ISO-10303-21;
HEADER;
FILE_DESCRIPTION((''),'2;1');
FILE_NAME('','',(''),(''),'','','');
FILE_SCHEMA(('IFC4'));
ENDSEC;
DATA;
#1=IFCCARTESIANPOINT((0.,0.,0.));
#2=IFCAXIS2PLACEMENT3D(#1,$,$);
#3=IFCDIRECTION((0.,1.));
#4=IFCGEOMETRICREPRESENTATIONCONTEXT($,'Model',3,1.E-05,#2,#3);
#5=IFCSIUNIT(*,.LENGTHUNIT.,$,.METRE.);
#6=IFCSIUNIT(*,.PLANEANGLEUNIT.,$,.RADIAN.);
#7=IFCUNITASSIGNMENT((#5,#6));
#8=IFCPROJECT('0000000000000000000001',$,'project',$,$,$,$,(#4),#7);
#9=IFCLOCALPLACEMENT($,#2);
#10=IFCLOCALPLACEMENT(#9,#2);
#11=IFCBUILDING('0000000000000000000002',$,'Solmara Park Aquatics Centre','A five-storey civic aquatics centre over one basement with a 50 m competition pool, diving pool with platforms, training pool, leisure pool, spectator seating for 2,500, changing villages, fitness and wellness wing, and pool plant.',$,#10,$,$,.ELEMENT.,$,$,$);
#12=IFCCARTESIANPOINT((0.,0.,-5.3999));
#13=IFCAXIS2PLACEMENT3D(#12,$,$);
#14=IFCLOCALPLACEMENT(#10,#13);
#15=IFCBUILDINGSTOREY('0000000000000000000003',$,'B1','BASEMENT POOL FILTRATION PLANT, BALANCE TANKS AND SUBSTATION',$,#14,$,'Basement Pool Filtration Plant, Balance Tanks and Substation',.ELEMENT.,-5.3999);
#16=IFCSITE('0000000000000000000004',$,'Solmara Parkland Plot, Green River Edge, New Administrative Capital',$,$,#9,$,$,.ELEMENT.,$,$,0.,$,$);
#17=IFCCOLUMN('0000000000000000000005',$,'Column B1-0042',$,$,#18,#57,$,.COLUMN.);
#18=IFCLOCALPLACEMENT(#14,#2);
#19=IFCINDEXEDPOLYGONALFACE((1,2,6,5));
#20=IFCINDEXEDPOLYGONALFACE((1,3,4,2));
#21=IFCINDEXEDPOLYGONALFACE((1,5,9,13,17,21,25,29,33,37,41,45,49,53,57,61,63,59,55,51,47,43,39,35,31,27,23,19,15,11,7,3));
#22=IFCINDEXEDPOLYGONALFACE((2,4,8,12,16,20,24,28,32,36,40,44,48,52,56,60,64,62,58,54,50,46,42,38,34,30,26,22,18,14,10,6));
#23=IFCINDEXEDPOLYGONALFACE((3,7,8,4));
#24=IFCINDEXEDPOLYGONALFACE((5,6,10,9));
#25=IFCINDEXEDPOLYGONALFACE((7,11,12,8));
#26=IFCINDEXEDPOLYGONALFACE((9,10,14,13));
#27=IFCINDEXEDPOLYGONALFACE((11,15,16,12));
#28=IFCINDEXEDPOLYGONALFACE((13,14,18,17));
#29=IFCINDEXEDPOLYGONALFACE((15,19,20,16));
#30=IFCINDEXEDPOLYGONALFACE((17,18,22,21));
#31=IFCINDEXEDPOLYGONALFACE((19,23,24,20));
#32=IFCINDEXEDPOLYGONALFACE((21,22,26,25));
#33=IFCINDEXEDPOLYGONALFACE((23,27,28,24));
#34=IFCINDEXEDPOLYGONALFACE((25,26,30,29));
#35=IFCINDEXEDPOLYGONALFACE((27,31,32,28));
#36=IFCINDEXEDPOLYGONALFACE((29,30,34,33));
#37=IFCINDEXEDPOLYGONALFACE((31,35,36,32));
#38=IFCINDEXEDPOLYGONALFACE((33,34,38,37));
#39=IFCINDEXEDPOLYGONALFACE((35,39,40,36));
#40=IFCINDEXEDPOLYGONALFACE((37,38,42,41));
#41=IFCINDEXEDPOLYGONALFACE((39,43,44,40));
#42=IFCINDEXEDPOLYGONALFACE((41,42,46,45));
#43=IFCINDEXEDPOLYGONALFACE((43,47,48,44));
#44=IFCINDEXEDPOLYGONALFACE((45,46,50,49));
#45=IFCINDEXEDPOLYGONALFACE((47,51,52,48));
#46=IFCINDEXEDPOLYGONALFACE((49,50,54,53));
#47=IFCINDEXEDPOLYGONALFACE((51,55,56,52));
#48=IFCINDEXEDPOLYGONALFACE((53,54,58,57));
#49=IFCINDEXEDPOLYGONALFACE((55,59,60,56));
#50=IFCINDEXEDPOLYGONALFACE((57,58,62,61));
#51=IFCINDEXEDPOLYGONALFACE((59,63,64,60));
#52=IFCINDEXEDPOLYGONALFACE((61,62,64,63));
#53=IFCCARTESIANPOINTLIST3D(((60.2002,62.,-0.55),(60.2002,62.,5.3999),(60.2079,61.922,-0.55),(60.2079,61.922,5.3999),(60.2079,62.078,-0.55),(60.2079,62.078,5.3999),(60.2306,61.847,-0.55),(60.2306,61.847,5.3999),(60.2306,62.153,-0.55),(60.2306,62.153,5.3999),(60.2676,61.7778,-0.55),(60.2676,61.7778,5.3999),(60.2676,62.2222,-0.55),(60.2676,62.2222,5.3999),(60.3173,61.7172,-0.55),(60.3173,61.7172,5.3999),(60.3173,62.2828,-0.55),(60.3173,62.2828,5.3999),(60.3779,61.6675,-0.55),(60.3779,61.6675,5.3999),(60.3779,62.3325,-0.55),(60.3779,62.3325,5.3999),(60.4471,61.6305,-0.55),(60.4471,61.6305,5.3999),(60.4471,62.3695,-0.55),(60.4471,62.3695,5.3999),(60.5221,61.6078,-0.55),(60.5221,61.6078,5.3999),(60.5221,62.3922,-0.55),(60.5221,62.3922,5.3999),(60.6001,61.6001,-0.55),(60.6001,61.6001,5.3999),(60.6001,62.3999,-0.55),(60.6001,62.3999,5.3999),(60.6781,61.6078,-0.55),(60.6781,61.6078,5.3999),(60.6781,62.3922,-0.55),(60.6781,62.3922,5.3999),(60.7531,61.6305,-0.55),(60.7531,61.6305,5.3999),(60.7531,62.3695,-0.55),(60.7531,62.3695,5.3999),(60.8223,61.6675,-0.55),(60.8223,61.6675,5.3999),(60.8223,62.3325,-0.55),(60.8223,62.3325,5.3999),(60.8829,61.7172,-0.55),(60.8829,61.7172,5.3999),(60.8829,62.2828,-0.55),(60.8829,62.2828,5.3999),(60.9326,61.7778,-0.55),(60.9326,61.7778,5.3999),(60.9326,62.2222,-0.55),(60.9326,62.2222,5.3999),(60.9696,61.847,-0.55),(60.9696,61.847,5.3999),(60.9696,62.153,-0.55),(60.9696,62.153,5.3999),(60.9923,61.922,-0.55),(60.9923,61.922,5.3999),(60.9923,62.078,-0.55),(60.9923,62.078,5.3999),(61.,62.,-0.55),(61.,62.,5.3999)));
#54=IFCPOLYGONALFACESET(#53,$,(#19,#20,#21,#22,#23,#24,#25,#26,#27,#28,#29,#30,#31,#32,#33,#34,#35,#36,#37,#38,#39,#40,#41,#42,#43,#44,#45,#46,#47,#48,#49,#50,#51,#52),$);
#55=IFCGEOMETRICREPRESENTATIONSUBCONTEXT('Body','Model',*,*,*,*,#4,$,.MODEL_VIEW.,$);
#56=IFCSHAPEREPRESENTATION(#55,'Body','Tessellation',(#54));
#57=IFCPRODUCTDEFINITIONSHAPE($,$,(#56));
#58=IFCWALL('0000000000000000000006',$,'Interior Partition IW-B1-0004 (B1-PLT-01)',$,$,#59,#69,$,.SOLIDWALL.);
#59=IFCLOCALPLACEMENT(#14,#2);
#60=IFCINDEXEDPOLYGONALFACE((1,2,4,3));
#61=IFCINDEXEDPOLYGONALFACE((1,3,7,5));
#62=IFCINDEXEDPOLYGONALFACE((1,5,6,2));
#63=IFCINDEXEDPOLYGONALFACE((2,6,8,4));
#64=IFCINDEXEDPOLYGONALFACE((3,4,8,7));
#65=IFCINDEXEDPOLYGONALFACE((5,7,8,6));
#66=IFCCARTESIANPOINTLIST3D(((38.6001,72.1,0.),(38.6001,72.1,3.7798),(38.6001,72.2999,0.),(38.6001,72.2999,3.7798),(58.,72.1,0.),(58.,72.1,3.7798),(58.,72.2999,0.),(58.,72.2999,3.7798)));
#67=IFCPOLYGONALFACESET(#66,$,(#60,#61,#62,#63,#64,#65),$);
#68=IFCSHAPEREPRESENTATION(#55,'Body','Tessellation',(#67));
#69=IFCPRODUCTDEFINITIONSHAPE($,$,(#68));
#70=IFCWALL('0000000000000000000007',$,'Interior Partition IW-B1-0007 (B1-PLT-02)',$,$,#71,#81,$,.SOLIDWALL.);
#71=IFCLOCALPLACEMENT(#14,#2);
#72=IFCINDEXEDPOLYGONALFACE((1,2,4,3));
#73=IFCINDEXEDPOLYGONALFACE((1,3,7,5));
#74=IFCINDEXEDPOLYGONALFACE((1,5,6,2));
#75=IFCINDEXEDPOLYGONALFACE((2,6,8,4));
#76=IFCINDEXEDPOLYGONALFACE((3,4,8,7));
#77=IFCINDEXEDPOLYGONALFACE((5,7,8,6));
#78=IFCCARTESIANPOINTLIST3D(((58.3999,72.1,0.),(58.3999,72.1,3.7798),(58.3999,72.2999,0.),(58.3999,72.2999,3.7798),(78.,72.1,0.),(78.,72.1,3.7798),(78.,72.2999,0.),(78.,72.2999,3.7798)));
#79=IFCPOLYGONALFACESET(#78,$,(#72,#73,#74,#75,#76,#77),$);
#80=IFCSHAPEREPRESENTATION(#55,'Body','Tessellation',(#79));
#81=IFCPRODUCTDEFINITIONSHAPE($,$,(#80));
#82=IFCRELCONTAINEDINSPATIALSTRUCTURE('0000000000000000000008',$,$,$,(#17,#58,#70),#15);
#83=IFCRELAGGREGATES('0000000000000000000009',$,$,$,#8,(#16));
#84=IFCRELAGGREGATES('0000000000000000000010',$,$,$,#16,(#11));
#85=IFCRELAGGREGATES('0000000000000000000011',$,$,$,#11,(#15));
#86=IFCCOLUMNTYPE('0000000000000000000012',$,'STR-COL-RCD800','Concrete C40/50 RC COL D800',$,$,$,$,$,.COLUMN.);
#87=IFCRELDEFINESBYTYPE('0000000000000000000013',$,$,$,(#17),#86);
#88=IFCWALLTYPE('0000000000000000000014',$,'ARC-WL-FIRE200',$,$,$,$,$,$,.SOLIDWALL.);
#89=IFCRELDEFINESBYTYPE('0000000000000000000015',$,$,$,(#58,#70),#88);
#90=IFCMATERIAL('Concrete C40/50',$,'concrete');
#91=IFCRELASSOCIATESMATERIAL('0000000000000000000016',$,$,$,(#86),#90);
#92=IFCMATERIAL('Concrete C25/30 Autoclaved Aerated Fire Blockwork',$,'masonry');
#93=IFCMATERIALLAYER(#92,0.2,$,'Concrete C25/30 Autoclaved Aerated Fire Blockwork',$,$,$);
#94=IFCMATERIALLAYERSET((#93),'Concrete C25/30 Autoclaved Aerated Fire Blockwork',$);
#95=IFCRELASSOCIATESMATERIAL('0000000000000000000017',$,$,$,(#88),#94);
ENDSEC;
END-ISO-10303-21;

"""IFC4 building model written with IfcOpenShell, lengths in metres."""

from ifc_helpers import new_model, si_unit, direction, frame, frame_2d, origin, origin_2d, place, context, subcontext, project, spatial, rectangle, circle, extrude, material, layer, layer_set, material_profile, profile_set, type_object, element, save


model = new_model("IFC4")

# Units and contexts
model_context = context("Model", 3, precision=1e-05, world=origin(), true_north=direction((0.0, 1.0)))
body_context = subcontext(model_context, "Body", "Model", "MODEL_VIEW")
ifc_project = project(units=[si_unit("LENGTHUNIT", "METRE"), si_unit("PLANEANGLEUNIT", "RADIAN")], contexts=[model_context])

# Site, building, storey
site_placement = place(None, origin())
site = spatial("IfcSite", under=ifc_project, at=site_placement, Name="Solmara Parkland Plot, Green River Edge, New Administrative Capital", CompositionType="ELEMENT", RefElevation=0.0)
building_placement = place(site_placement, origin())
building = spatial("IfcBuilding", under=site, at=building_placement, Name="Solmara Park Aquatics Centre", Description="A five-storey civic aquatics centre over one basement with a 50 m competition pool, diving pool with platforms, training pool, leisure pool, spectator seating for 2,500, changing villages, fitness and wellness wing, and pool plant.", CompositionType="ELEMENT")
storey_placement = place(building_placement, frame((0.0, 0.0, -5.3999)))
storey = spatial("IfcBuildingStorey", under=building, at=storey_placement, Name="B1", Description="BASEMENT POOL FILTRATION PLANT, BALANCE TANKS AND SUBSTATION", LongName="Basement Pool Filtration Plant, Balance Tanks and Substation", CompositionType="ELEMENT", Elevation=-5.3999)

# Column
ifc_material_1 = material(Name="Concrete C40/50", Category="concrete")
ifc_material_profile_1 = material_profile(ifc_material_1, circle(Radius=0.3999, at=origin_2d()), Name="RC COL D800")
ifc_profile_set_1 = profile_set([ifc_material_profile_1], Name="Concrete C40/50")
column_type_1 = type_object("IfcColumnType", Name="STR-COL-RCD800", Description="Concrete C40/50 RC COL D800", PredefinedType="COLUMN", material=ifc_profile_set_1)
for number, where, z_axis, x_axis, name in (
    (1, (60.6001, 62.0, -0.55), (0.0, 0.0, 1.0), (1.0, 0.0, 0.0), "Column B1-0042"),
):
    element("IfcColumn", number, at=place(storey_placement, frame(where, z_axis=z_axis, x_axis=x_axis)), inside=storey, type_object=column_type_1, Name=name, PredefinedType="COLUMN", context=body_context, shape_type="SweptSolid", body=[
        extrude(circle(Radius=0.3999, at=origin_2d()), origin(), (0.0, 0.0, 1.0), 5.95),
    ])

# Walls
ifc_material_2 = material(Name="Concrete C25/30 Autoclaved Aerated Fire Blockwork", Category="masonry")
ifc_layer = layer(ifc_material_2, 0.2, Name="Concrete C25/30 Autoclaved Aerated Fire Blockwork")
ifc_layer_set = layer_set([ifc_layer], Name="Concrete C25/30 Autoclaved Aerated Fire Blockwork")
wall_type = type_object("IfcWallType", Name="ARC-WL-FIRE200", PredefinedType="SOLIDWALL", material=ifc_layer_set)
wall_1_placement = place(storey_placement, frame((38.6001, 72.2, 0.0), z_axis=(0.0, 0.0, 1.0), x_axis=(1.0, 0.0, 0.0)))
element("IfcWall", 2, at=wall_1_placement, inside=storey, type_object=wall_type, Name="Interior Partition IW-B1-0004 (B1-PLT-01)", PredefinedType="SOLIDWALL", context=body_context, shape_type="SweptSolid", body=[
    extrude(rectangle(XDim=19.3999, YDim=0.2, at=frame_2d((9.7, 0.0))), origin(), (0.0, 0.0, 1.0), 3.7798),
])
wall_2_placement = place(storey_placement, frame((58.3999, 72.2, 0.0), z_axis=(0.0, 0.0, 1.0), x_axis=(1.0, 0.0, 0.0)))
element("IfcWall", 3, at=wall_2_placement, inside=storey, type_object=wall_type, Name="Interior Partition IW-B1-0007 (B1-PLT-02)", PredefinedType="SOLIDWALL", context=body_context, shape_type="SweptSolid", body=[
    extrude(rectangle(XDim=19.6001, YDim=0.2, at=frame_2d((9.8, 0.0))), origin(), (0.0, 0.0, 1.0), 3.7798),
])

save(model, "model.ifc")
